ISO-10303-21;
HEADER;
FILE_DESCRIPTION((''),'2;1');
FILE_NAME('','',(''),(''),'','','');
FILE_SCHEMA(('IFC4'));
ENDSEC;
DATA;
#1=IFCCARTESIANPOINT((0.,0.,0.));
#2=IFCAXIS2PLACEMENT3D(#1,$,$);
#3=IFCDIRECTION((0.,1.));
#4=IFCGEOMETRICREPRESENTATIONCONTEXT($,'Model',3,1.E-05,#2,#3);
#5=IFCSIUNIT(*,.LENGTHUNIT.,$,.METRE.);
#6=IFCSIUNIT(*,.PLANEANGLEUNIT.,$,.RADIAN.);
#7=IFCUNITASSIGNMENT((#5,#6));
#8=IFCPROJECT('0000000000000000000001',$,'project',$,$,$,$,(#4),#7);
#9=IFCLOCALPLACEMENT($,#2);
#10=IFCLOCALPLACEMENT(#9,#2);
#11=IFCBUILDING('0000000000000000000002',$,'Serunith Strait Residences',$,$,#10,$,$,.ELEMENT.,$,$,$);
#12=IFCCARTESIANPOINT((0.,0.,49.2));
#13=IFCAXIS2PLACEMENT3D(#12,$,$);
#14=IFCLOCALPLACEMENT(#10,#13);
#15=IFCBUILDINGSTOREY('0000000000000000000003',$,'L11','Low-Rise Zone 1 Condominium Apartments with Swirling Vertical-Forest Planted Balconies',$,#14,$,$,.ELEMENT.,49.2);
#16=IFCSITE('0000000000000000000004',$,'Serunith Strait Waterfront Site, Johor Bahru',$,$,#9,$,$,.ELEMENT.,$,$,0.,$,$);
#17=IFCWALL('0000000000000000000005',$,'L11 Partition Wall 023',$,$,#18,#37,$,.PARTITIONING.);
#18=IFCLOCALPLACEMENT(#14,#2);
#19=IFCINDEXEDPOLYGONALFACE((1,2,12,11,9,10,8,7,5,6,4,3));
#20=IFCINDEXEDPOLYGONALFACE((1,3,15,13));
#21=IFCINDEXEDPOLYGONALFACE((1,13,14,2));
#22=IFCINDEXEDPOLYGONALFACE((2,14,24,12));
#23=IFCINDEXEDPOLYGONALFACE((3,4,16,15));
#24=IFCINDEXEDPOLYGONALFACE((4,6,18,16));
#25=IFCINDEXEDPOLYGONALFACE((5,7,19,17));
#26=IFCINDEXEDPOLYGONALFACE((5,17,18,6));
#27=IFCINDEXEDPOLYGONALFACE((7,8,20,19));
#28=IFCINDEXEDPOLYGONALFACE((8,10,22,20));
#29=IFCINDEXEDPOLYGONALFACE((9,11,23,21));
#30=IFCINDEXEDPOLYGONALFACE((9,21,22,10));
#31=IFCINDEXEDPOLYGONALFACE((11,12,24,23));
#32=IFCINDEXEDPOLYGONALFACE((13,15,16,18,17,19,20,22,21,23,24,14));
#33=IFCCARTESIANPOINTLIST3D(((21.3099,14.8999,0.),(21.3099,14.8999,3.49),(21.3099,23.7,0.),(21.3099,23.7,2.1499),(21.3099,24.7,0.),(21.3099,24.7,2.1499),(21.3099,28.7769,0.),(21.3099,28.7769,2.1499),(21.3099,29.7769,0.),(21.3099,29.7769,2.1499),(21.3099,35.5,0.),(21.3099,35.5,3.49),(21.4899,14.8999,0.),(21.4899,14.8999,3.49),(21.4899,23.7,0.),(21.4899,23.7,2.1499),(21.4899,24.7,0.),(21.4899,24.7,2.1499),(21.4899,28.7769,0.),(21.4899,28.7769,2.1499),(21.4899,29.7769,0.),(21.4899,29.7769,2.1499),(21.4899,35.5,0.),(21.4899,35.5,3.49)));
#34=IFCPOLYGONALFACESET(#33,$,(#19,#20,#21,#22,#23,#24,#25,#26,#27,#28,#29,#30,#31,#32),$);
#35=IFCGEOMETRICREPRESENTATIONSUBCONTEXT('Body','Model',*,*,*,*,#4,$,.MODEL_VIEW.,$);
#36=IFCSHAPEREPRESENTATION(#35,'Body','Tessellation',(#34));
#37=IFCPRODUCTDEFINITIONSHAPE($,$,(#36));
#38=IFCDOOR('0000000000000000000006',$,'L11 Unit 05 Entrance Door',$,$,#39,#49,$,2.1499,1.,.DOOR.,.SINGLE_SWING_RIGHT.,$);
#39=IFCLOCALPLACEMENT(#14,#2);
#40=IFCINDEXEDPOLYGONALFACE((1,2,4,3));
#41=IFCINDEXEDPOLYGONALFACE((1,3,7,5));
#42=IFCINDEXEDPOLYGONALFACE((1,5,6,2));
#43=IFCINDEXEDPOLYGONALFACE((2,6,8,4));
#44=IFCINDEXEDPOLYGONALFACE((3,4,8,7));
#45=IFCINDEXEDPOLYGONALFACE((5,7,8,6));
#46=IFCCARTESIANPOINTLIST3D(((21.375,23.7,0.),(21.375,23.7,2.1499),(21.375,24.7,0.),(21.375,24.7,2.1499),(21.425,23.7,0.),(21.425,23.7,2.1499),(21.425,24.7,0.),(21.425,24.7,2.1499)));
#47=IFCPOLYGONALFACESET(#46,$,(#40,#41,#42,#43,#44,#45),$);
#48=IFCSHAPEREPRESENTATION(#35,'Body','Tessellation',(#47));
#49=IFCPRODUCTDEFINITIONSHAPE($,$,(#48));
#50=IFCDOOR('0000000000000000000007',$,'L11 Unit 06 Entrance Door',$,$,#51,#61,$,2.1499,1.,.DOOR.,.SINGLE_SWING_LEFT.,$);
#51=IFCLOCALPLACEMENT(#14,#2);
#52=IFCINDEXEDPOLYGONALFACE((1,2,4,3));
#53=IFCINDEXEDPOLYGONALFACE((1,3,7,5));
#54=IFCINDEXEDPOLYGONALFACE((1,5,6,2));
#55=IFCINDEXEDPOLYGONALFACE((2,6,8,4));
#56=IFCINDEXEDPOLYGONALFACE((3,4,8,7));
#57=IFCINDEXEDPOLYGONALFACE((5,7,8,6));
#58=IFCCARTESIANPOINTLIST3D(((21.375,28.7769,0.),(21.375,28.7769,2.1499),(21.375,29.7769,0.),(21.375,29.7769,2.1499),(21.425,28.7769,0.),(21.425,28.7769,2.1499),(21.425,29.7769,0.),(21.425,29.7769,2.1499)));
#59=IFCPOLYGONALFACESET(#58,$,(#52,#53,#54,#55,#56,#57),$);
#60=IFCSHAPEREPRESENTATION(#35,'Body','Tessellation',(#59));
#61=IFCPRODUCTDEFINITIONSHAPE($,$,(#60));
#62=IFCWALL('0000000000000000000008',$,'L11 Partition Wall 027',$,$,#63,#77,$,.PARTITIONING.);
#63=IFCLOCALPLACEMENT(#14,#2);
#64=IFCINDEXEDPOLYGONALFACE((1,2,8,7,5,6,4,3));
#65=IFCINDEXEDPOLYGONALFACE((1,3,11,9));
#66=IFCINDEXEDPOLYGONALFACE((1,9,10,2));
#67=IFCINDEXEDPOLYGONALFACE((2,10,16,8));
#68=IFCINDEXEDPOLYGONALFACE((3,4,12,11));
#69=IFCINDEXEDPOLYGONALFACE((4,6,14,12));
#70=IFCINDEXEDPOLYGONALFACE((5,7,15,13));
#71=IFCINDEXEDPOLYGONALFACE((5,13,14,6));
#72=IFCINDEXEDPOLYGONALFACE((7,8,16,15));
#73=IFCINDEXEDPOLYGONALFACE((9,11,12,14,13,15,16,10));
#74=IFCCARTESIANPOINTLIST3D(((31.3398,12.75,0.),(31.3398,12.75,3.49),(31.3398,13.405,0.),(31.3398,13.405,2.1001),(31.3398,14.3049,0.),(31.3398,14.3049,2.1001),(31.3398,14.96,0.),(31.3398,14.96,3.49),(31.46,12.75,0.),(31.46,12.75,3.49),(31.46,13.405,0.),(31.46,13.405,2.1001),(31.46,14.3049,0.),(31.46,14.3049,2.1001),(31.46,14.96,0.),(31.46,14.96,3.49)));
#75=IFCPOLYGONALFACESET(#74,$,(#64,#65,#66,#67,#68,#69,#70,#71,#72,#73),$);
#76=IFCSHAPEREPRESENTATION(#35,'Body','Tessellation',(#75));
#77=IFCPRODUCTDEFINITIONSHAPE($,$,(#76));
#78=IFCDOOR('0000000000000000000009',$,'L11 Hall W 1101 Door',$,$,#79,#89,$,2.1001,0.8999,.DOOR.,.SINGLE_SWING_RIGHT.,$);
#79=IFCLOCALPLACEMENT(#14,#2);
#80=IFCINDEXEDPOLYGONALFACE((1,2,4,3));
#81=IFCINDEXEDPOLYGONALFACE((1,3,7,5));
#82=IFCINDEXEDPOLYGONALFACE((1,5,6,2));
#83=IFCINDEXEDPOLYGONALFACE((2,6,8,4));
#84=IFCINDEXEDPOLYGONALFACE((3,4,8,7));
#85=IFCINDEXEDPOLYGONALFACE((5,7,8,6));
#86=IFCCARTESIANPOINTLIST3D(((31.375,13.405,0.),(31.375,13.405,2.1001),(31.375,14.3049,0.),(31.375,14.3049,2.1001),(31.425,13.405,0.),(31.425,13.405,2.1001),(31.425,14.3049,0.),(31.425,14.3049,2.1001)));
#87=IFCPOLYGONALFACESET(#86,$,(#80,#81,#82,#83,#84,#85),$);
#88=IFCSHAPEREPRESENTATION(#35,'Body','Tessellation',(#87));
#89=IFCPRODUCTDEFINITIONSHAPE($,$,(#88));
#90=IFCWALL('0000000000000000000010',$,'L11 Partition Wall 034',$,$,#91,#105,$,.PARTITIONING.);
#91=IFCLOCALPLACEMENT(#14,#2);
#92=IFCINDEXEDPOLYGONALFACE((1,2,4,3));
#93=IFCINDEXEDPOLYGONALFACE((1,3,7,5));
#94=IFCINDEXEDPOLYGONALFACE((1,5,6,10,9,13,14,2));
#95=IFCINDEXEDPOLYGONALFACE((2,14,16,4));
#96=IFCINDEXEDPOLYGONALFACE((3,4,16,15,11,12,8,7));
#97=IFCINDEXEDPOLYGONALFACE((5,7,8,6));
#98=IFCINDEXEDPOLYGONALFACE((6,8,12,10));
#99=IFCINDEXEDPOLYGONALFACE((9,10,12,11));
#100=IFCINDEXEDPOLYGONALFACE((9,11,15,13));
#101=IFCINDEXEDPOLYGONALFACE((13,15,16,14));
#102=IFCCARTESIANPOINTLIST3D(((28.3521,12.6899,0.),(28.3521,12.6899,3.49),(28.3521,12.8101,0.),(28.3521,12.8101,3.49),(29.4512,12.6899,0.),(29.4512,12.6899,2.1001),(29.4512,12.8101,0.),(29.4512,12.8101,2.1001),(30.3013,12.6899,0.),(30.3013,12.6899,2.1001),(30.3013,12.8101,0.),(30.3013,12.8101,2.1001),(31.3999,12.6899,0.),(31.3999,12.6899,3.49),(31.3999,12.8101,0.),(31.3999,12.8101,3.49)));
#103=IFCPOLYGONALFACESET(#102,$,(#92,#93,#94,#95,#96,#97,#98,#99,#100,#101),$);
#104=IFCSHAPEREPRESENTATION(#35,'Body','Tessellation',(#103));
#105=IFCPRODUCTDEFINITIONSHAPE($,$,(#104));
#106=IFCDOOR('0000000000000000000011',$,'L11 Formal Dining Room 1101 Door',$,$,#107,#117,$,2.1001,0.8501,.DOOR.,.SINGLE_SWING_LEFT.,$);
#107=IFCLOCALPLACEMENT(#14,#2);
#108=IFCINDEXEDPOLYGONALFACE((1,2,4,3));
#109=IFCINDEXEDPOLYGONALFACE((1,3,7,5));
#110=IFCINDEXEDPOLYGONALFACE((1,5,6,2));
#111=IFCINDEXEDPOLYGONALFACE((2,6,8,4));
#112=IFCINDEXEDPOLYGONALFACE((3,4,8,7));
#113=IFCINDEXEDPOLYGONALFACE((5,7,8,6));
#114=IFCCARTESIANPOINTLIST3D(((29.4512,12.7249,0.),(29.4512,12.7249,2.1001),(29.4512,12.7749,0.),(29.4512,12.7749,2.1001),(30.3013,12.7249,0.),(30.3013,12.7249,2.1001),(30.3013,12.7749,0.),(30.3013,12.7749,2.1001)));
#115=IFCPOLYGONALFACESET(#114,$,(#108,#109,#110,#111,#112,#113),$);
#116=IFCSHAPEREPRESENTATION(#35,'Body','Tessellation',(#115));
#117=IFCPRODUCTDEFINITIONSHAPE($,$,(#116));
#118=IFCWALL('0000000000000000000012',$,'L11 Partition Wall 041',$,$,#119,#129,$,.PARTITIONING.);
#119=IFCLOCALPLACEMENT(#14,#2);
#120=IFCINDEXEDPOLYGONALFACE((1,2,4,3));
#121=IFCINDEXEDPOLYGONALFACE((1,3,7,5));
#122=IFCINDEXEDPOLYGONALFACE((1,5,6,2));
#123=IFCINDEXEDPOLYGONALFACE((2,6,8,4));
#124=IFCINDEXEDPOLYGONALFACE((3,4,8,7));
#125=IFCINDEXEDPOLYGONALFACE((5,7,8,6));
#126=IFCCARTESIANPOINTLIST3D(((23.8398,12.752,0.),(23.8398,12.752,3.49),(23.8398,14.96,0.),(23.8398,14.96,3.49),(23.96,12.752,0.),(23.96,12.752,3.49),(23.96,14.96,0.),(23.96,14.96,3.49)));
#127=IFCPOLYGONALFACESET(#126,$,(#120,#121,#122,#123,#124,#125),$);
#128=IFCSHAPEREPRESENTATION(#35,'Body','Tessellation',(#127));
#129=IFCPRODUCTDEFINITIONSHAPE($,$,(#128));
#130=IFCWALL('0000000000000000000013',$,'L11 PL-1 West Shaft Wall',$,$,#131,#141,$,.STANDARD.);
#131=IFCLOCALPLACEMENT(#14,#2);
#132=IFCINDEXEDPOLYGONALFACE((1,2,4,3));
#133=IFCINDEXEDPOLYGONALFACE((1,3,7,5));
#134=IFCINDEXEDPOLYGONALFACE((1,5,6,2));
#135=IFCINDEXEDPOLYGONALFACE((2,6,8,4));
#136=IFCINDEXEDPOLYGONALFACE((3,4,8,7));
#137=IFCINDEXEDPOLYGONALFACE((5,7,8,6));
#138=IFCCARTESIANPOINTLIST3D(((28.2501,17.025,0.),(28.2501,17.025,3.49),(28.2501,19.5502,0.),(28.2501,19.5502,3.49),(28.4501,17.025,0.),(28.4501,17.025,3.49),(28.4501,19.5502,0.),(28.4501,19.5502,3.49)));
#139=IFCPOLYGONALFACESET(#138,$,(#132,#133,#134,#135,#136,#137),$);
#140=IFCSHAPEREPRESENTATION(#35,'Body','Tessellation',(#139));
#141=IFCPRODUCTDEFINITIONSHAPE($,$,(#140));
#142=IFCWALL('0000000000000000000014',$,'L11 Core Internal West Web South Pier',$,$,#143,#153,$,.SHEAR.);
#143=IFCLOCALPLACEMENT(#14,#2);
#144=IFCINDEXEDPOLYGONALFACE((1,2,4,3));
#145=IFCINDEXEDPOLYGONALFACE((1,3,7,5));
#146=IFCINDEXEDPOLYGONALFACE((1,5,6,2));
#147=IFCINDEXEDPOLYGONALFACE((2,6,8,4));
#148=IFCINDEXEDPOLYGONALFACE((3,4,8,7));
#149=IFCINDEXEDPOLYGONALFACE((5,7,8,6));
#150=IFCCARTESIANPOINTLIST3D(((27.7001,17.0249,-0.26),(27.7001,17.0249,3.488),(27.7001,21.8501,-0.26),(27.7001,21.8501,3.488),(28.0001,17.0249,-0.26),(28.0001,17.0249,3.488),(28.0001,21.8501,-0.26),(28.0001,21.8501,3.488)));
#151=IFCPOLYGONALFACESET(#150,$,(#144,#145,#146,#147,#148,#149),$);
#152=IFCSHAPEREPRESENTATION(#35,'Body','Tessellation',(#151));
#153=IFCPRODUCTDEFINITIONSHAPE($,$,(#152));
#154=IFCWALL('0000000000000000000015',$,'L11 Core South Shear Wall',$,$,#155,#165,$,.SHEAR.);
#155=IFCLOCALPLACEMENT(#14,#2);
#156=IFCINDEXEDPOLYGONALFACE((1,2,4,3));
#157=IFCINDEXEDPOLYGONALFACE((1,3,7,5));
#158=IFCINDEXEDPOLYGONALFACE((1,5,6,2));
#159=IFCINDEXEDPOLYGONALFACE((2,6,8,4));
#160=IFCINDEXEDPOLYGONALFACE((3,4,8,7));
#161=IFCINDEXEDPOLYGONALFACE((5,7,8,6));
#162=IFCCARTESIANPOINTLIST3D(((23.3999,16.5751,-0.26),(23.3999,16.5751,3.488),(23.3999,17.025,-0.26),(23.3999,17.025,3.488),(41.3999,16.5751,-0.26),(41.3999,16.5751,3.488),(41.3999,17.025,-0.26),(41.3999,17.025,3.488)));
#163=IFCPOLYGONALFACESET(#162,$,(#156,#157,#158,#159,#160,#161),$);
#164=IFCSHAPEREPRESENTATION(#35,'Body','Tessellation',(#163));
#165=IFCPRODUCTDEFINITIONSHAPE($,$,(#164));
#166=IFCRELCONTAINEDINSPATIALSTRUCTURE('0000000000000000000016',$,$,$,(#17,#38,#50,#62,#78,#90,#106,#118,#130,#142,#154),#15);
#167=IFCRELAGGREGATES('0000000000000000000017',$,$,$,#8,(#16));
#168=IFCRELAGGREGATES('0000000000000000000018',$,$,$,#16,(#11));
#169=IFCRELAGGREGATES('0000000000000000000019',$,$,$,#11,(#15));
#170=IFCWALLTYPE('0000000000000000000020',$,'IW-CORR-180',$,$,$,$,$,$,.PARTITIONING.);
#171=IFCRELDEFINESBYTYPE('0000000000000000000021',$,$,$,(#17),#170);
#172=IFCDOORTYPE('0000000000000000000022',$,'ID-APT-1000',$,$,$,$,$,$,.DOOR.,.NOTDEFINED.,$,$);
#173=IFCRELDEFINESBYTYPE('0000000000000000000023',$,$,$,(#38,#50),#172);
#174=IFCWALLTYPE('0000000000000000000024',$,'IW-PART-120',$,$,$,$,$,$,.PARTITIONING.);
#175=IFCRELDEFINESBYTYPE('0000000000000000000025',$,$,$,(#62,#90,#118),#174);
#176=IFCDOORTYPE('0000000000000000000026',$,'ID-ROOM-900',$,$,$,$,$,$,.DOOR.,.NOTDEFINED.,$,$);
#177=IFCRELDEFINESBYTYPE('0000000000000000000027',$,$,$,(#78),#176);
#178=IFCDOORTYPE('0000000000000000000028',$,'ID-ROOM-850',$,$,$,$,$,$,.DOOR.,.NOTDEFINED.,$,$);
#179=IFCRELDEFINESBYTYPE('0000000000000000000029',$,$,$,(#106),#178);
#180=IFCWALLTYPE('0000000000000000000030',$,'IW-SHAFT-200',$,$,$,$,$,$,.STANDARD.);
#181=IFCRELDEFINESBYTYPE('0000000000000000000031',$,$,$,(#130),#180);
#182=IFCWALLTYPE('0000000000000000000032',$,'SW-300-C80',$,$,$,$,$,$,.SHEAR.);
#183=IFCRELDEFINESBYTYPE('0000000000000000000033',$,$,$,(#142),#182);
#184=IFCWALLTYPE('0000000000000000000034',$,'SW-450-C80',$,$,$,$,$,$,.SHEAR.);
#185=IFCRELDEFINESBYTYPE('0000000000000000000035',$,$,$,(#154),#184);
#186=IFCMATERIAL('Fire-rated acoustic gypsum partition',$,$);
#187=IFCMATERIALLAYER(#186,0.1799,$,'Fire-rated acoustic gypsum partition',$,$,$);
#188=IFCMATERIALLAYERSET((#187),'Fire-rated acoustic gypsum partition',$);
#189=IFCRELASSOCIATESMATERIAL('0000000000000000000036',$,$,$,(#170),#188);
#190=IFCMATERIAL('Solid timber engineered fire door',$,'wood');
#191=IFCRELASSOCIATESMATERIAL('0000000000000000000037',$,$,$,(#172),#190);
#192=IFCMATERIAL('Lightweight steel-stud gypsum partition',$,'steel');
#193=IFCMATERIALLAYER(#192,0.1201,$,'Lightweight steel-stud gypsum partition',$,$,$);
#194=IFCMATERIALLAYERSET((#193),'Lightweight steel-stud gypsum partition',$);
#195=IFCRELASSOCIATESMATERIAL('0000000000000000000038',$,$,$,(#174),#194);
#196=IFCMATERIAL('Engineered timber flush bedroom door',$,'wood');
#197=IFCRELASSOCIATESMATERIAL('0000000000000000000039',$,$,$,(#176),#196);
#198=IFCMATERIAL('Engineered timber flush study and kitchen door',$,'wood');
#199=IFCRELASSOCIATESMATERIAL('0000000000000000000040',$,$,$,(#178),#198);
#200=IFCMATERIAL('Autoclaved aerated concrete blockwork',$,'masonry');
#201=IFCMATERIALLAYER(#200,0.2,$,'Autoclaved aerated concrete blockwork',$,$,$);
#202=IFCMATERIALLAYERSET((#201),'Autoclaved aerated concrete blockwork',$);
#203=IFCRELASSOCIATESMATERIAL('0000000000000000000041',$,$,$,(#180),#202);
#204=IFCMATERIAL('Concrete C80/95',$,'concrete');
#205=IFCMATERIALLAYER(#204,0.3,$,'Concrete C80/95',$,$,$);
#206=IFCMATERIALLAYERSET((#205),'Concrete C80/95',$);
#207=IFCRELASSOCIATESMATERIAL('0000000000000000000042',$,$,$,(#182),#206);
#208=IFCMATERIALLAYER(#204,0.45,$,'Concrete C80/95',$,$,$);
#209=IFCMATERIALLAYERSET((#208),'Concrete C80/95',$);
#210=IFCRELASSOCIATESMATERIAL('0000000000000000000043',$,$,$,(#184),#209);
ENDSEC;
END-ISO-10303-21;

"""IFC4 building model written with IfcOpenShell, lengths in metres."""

from ifc_helpers import new_model, si_unit, direction, frame, frame_2d, origin, place, context, subcontext, project, spatial, rectangle, extrude, source, transform, mapped, material, layer, layer_set, type_object, element, fill, save


model = new_model("IFC4")

# Units and contexts
model_context = context("Model", 3, precision=1e-05, world=origin(), true_north=direction((0.0, 1.0)))
body_context = subcontext(model_context, "Body", "Model", "MODEL_VIEW")
ifc_project = project(units=[si_unit("LENGTHUNIT", "METRE"), si_unit("PLANEANGLEUNIT", "RADIAN")], contexts=[model_context])

# Site, building, storey
site_placement = place(None, origin())
site = spatial("IfcSite", under=ifc_project, at=site_placement, Name="Serunith Strait Waterfront Site, Johor Bahru", CompositionType="ELEMENT", RefElevation=0.0)
building_placement = place(site_placement, origin())
building = spatial("IfcBuilding", under=site, at=building_placement, Name="Serunith Strait Residences", CompositionType="ELEMENT")
storey_placement = place(building_placement, frame((0.0, 0.0, 49.2)))
storey = spatial("IfcBuildingStorey", under=building, at=storey_placement, Name="L11", Description="Low-Rise Zone 1 Condominium Apartments with Swirling Vertical-Forest Planted Balconies", CompositionType="ELEMENT", Elevation=49.2)

# Shared definitions
shared_shape_1 = source(origin(), body_context, "Body", "SweptSolid", [
    extrude(rectangle(XDim=0.8501, YDim=2.1001, at=frame_2d((0.425, 1.05))), frame((0.0, 0.0249, 0.0), z_axis=(0.0, -1.0, 0.0), x_axis=(1.0, 0.0, 0.0)), (0.0, 0.0, 1.0), 0.05),
])
ifc_material_1 = material(Name="Fire-rated acoustic gypsum partition")
ifc_layer_1 = layer(ifc_material_1, 0.1799, Name="Fire-rated acoustic gypsum partition")
ifc_layer_set_1 = layer_set([ifc_layer_1], Name="Fire-rated acoustic gypsum partition")
wall_type_1 = type_object("IfcWallType", Name="IW-CORR-180", PredefinedType="PARTITIONING", material=ifc_layer_set_1)
ifc_material_2 = material(Name="Solid timber engineered fire door", Category="wood")
door_type_1 = type_object("IfcDoorType", Name="ID-APT-1000", OperationType="NOTDEFINED", PredefinedType="DOOR", material=ifc_material_2)
shared_shape_2 = source(origin(), body_context, "Body", "SweptSolid", [
    extrude(rectangle(XDim=1.0, YDim=2.1499, at=frame_2d((0.5, 1.075))), frame((0.0, 0.0249, 0.0), z_axis=(0.0, -1.0, 0.0), x_axis=(1.0, 0.0, 0.0)), (0.0, 0.0, 1.0), 0.05),
])

# Wall, openings, doors
wall_1_placement = place(storey_placement, frame((21.3999, 14.8999, 0.0), z_axis=(0.0, 0.0, 1.0), x_axis=(0.0, 1.0, 0.0)))
wall_1 = element("IfcWall", 1, at=wall_1_placement, inside=storey, type_object=wall_type_1, Name="L11 Partition Wall 023", PredefinedType="PARTITIONING", context=body_context, shape_type="SweptSolid", body=[
    extrude(rectangle(XDim=20.6001, YDim=0.1799, at=frame_2d((10.3, 0.0))), origin(), (0.0, 0.0, 1.0), 3.49),
])
opening_1_placement = place(wall_1_placement, frame((8.8, 0.0, 0.0)))
opening_1 = element("IfcOpeningElement", 2, at=opening_1_placement, cuts=wall_1, PredefinedType="OPENING", context=body_context, shape_type="SweptSolid", body=[
    extrude(rectangle(XDim=1.0, YDim=2.1499, at=frame_2d((0.5, 1.075))), frame((0.0, 0.1001, 0.0), z_axis=(0.0, -1.0, 0.0), x_axis=(1.0, 0.0, 0.0)), (0.0, 0.0, 1.0), 0.2),
])
opening_2_placement = place(wall_1_placement, frame((13.877, 0.0, 0.0)))
opening_2 = element("IfcOpeningElement", 3, at=opening_2_placement, cuts=wall_1, PredefinedType="OPENING", context=body_context, shape_type="SweptSolid", body=[
    extrude(rectangle(XDim=1.0, YDim=2.1499, at=frame_2d((0.5, 1.075))), frame((0.0, 0.1001, 0.0), z_axis=(0.0, -1.0, 0.0), x_axis=(1.0, 0.0, 0.0)), (0.0, 0.0, 1.0), 0.2),
])
door_1_placement = place(opening_1_placement, origin())
door_1 = element("IfcDoor", 4, at=door_1_placement, inside=storey, type_object=door_type_1, Name="L11 Unit 05 Entrance Door", OperationType="SINGLE_SWING_RIGHT", OverallHeight=2.1499, OverallWidth=1.0, PredefinedType="DOOR", context=body_context, shape_type="MappedRepresentation", body=[
    mapped(shared_shape_2, transform((0.0, 0.0, 0.0), scale=1.0)),
])
fill(opening_1, door_1)
door_2_placement = place(opening_2_placement, origin())
door_2 = element("IfcDoor", 5, at=door_2_placement, inside=storey, type_object=door_type_1, Name="L11 Unit 06 Entrance Door", OperationType="SINGLE_SWING_LEFT", OverallHeight=2.1499, OverallWidth=1.0, PredefinedType="DOOR", context=body_context, shape_type="MappedRepresentation", body=[
    mapped(shared_shape_2, transform((0.0, 0.0, 0.0), scale=1.0)),
])
fill(opening_2, door_2)

# Walls, openings, doors
ifc_material_3 = material(Name="Lightweight steel-stud gypsum partition", Category="steel")
ifc_layer_2 = layer(ifc_material_3, 0.1201, Name="Lightweight steel-stud gypsum partition")
ifc_layer_set_2 = layer_set([ifc_layer_2], Name="Lightweight steel-stud gypsum partition")
wall_type_2 = type_object("IfcWallType", Name="IW-PART-120", PredefinedType="PARTITIONING", material=ifc_layer_set_2)
wall_2_placement = place(storey_placement, frame((31.3999, 12.75, 0.0), z_axis=(0.0, 0.0, 1.0), x_axis=(0.0, 1.0, 0.0)))
wall_2 = element("IfcWall", 6, at=wall_2_placement, inside=storey, type_object=wall_type_2, Name="L11 Partition Wall 027", PredefinedType="PARTITIONING", context=body_context, shape_type="SweptSolid", body=[
    extrude(rectangle(XDim=2.21, YDim=0.1201, at=frame_2d((1.105, 0.0))), origin(), (0.0, 0.0, 1.0), 3.49),
])
opening_3_placement = place(wall_2_placement, frame((0.655, 0.0, 0.0)))
opening_3 = element("IfcOpeningElement", 7, at=opening_3_placement, cuts=wall_2, PredefinedType="OPENING", context=body_context, shape_type="SweptSolid", body=[
    extrude(rectangle(XDim=0.8999, YDim=2.1001, at=frame_2d((0.45, 1.05))), frame((0.0, 0.0701, 0.0), z_axis=(0.0, -1.0, 0.0), x_axis=(1.0, 0.0, 0.0)), (0.0, 0.0, 1.0), 0.1401),
])
ifc_material_4 = material(Name="Engineered timber flush bedroom door", Category="wood")
door_type_2 = type_object("IfcDoorType", Name="ID-ROOM-900", OperationType="NOTDEFINED", PredefinedType="DOOR", material=ifc_material_4)
shared_shape_3 = source(origin(), body_context, "Body", "SweptSolid", [
    extrude(rectangle(XDim=0.8999, YDim=2.1001, at=frame_2d((0.45, 1.05))), frame((0.0, 0.0249, 0.0), z_axis=(0.0, -1.0, 0.0), x_axis=(1.0, 0.0, 0.0)), (0.0, 0.0, 1.0), 0.05),
])
door_3_placement = place(opening_3_placement, origin())
door_3 = element("IfcDoor", 8, at=door_3_placement, inside=storey, type_object=door_type_2, Name="L11 Hall W 1101 Door", OperationType="SINGLE_SWING_RIGHT", OverallHeight=2.1001, OverallWidth=0.8999, PredefinedType="DOOR", context=body_context, shape_type="MappedRepresentation", body=[
    mapped(shared_shape_3, transform((0.0, 0.0, 0.0), scale=1.0)),
])
fill(opening_3, door_3)
wall_3_placement = place(storey_placement, frame((28.3521, 12.75, 0.0), z_axis=(0.0, 0.0, 1.0), x_axis=(1.0, 0.0, 0.0)))
wall_3 = element("IfcWall", 9, at=wall_3_placement, inside=storey, type_object=wall_type_2, Name="L11 Partition Wall 034", PredefinedType="PARTITIONING", context=body_context, shape_type="SweptSolid", body=[
    extrude(rectangle(XDim=3.0479, YDim=0.1201, at=frame_2d((1.5239, 0.0))), origin(), (0.0, 0.0, 1.0), 3.49),
])
opening_4_placement = place(wall_3_placement, frame((1.0991, 0.0, 0.0)))
opening_4 = element("IfcOpeningElement", 10, at=opening_4_placement, cuts=wall_3, PredefinedType="OPENING", context=body_context, shape_type="SweptSolid", body=[
    extrude(rectangle(XDim=0.8501, YDim=2.1001, at=frame_2d((0.425, 1.05))), frame((0.0, 0.0701, 0.0), z_axis=(0.0, -1.0, 0.0), x_axis=(1.0, 0.0, 0.0)), (0.0, 0.0, 1.0), 0.1401),
])
ifc_material_5 = material(Name="Engineered timber flush study and kitchen door", Category="wood")
door_type_3 = type_object("IfcDoorType", Name="ID-ROOM-850", OperationType="NOTDEFINED", PredefinedType="DOOR", material=ifc_material_5)
door_4_placement = place(opening_4_placement, origin())
door_4 = element("IfcDoor", 11, at=door_4_placement, inside=storey, type_object=door_type_3, Name="L11 Formal Dining Room 1101 Door", OperationType="SINGLE_SWING_LEFT", OverallHeight=2.1001, OverallWidth=0.8501, PredefinedType="DOOR", context=body_context, shape_type="MappedRepresentation", body=[
    mapped(shared_shape_1, transform((0.0, 0.0, 0.0), scale=1.0)),
])
fill(opening_4, door_4)

# Walls
wall_4_placement = place(storey_placement, frame((23.8999, 12.752, 0.0), z_axis=(0.0, 0.0, 1.0), x_axis=(0.0, 1.0, 0.0)))
element("IfcWall", 12, at=wall_4_placement, inside=storey, type_object=wall_type_2, Name="L11 Partition Wall 041", PredefinedType="PARTITIONING", context=body_context, shape_type="SweptSolid", body=[
    extrude(rectangle(XDim=2.208, YDim=0.1201, at=frame_2d((1.104, 0.0))), origin(), (0.0, 0.0, 1.0), 3.49),
])
ifc_material_6 = material(Name="Autoclaved aerated concrete blockwork", Category="masonry")
ifc_layer_3 = layer(ifc_material_6, 0.2, Name="Autoclaved aerated concrete blockwork")
ifc_layer_set_3 = layer_set([ifc_layer_3], Name="Autoclaved aerated concrete blockwork")
wall_type_3 = type_object("IfcWallType", Name="IW-SHAFT-200", PredefinedType="STANDARD", material=ifc_layer_set_3)
wall_5_placement = place(storey_placement, frame((28.3501, 17.0249, 0.0), z_axis=(0.0, 0.0, 1.0), x_axis=(0.0, 1.0, 0.0)))
element("IfcWall", 13, at=wall_5_placement, inside=storey, type_object=wall_type_3, Name="L11 PL-1 West Shaft Wall", PredefinedType="STANDARD", context=body_context, shape_type="SweptSolid", body=[
    extrude(rectangle(XDim=2.5251, YDim=0.2, at=frame_2d((1.2627, 0.0))), origin(), (0.0, 0.0, 1.0), 3.49),
])
ifc_material_7 = material(Name="Concrete C80/95", Category="concrete")
ifc_layer_4 = layer(ifc_material_7, 0.3, Name="Concrete C80/95")
ifc_layer_set_4 = layer_set([ifc_layer_4], Name="Concrete C80/95")
wall_type_4 = type_object("IfcWallType", Name="SW-300-C80", PredefinedType="SHEAR", material=ifc_layer_set_4)
wall_6_placement = place(storey_placement, frame((27.8501, 17.0249, -0.26), z_axis=(0.0, 0.0, 1.0), x_axis=(0.0, 1.0, 0.0)))
element("IfcWall", 14, at=wall_6_placement, inside=storey, type_object=wall_type_4, Name="L11 Core Internal West Web South Pier", PredefinedType="SHEAR", context=body_context, shape_type="SweptSolid", body=[
    extrude(rectangle(XDim=4.8252, YDim=0.3, at=frame_2d((2.4126, 0.0))), origin(), (0.0, 0.0, 1.0), 3.748),
])
ifc_layer_5 = layer(ifc_material_7, 0.45, Name="Concrete C80/95")
ifc_layer_set_5 = layer_set([ifc_layer_5], Name="Concrete C80/95")
wall_type_5 = type_object("IfcWallType", Name="SW-450-C80", PredefinedType="SHEAR", material=ifc_layer_set_5)
wall_7_placement = place(storey_placement, frame((23.3999, 16.8, -0.26), z_axis=(0.0, 0.0, 1.0), x_axis=(1.0, 0.0, 0.0)))
element("IfcWall", 15, at=wall_7_placement, inside=storey, type_object=wall_type_5, Name="L11 Core South Shear Wall", PredefinedType="SHEAR", context=body_context, shape_type="SweptSolid", body=[
    extrude(rectangle(XDim=18.0, YDim=0.45, at=frame_2d((9.0, 0.0))), origin(), (0.0, 0.0, 1.0), 3.748),
])

save(model, "model.ifc")
